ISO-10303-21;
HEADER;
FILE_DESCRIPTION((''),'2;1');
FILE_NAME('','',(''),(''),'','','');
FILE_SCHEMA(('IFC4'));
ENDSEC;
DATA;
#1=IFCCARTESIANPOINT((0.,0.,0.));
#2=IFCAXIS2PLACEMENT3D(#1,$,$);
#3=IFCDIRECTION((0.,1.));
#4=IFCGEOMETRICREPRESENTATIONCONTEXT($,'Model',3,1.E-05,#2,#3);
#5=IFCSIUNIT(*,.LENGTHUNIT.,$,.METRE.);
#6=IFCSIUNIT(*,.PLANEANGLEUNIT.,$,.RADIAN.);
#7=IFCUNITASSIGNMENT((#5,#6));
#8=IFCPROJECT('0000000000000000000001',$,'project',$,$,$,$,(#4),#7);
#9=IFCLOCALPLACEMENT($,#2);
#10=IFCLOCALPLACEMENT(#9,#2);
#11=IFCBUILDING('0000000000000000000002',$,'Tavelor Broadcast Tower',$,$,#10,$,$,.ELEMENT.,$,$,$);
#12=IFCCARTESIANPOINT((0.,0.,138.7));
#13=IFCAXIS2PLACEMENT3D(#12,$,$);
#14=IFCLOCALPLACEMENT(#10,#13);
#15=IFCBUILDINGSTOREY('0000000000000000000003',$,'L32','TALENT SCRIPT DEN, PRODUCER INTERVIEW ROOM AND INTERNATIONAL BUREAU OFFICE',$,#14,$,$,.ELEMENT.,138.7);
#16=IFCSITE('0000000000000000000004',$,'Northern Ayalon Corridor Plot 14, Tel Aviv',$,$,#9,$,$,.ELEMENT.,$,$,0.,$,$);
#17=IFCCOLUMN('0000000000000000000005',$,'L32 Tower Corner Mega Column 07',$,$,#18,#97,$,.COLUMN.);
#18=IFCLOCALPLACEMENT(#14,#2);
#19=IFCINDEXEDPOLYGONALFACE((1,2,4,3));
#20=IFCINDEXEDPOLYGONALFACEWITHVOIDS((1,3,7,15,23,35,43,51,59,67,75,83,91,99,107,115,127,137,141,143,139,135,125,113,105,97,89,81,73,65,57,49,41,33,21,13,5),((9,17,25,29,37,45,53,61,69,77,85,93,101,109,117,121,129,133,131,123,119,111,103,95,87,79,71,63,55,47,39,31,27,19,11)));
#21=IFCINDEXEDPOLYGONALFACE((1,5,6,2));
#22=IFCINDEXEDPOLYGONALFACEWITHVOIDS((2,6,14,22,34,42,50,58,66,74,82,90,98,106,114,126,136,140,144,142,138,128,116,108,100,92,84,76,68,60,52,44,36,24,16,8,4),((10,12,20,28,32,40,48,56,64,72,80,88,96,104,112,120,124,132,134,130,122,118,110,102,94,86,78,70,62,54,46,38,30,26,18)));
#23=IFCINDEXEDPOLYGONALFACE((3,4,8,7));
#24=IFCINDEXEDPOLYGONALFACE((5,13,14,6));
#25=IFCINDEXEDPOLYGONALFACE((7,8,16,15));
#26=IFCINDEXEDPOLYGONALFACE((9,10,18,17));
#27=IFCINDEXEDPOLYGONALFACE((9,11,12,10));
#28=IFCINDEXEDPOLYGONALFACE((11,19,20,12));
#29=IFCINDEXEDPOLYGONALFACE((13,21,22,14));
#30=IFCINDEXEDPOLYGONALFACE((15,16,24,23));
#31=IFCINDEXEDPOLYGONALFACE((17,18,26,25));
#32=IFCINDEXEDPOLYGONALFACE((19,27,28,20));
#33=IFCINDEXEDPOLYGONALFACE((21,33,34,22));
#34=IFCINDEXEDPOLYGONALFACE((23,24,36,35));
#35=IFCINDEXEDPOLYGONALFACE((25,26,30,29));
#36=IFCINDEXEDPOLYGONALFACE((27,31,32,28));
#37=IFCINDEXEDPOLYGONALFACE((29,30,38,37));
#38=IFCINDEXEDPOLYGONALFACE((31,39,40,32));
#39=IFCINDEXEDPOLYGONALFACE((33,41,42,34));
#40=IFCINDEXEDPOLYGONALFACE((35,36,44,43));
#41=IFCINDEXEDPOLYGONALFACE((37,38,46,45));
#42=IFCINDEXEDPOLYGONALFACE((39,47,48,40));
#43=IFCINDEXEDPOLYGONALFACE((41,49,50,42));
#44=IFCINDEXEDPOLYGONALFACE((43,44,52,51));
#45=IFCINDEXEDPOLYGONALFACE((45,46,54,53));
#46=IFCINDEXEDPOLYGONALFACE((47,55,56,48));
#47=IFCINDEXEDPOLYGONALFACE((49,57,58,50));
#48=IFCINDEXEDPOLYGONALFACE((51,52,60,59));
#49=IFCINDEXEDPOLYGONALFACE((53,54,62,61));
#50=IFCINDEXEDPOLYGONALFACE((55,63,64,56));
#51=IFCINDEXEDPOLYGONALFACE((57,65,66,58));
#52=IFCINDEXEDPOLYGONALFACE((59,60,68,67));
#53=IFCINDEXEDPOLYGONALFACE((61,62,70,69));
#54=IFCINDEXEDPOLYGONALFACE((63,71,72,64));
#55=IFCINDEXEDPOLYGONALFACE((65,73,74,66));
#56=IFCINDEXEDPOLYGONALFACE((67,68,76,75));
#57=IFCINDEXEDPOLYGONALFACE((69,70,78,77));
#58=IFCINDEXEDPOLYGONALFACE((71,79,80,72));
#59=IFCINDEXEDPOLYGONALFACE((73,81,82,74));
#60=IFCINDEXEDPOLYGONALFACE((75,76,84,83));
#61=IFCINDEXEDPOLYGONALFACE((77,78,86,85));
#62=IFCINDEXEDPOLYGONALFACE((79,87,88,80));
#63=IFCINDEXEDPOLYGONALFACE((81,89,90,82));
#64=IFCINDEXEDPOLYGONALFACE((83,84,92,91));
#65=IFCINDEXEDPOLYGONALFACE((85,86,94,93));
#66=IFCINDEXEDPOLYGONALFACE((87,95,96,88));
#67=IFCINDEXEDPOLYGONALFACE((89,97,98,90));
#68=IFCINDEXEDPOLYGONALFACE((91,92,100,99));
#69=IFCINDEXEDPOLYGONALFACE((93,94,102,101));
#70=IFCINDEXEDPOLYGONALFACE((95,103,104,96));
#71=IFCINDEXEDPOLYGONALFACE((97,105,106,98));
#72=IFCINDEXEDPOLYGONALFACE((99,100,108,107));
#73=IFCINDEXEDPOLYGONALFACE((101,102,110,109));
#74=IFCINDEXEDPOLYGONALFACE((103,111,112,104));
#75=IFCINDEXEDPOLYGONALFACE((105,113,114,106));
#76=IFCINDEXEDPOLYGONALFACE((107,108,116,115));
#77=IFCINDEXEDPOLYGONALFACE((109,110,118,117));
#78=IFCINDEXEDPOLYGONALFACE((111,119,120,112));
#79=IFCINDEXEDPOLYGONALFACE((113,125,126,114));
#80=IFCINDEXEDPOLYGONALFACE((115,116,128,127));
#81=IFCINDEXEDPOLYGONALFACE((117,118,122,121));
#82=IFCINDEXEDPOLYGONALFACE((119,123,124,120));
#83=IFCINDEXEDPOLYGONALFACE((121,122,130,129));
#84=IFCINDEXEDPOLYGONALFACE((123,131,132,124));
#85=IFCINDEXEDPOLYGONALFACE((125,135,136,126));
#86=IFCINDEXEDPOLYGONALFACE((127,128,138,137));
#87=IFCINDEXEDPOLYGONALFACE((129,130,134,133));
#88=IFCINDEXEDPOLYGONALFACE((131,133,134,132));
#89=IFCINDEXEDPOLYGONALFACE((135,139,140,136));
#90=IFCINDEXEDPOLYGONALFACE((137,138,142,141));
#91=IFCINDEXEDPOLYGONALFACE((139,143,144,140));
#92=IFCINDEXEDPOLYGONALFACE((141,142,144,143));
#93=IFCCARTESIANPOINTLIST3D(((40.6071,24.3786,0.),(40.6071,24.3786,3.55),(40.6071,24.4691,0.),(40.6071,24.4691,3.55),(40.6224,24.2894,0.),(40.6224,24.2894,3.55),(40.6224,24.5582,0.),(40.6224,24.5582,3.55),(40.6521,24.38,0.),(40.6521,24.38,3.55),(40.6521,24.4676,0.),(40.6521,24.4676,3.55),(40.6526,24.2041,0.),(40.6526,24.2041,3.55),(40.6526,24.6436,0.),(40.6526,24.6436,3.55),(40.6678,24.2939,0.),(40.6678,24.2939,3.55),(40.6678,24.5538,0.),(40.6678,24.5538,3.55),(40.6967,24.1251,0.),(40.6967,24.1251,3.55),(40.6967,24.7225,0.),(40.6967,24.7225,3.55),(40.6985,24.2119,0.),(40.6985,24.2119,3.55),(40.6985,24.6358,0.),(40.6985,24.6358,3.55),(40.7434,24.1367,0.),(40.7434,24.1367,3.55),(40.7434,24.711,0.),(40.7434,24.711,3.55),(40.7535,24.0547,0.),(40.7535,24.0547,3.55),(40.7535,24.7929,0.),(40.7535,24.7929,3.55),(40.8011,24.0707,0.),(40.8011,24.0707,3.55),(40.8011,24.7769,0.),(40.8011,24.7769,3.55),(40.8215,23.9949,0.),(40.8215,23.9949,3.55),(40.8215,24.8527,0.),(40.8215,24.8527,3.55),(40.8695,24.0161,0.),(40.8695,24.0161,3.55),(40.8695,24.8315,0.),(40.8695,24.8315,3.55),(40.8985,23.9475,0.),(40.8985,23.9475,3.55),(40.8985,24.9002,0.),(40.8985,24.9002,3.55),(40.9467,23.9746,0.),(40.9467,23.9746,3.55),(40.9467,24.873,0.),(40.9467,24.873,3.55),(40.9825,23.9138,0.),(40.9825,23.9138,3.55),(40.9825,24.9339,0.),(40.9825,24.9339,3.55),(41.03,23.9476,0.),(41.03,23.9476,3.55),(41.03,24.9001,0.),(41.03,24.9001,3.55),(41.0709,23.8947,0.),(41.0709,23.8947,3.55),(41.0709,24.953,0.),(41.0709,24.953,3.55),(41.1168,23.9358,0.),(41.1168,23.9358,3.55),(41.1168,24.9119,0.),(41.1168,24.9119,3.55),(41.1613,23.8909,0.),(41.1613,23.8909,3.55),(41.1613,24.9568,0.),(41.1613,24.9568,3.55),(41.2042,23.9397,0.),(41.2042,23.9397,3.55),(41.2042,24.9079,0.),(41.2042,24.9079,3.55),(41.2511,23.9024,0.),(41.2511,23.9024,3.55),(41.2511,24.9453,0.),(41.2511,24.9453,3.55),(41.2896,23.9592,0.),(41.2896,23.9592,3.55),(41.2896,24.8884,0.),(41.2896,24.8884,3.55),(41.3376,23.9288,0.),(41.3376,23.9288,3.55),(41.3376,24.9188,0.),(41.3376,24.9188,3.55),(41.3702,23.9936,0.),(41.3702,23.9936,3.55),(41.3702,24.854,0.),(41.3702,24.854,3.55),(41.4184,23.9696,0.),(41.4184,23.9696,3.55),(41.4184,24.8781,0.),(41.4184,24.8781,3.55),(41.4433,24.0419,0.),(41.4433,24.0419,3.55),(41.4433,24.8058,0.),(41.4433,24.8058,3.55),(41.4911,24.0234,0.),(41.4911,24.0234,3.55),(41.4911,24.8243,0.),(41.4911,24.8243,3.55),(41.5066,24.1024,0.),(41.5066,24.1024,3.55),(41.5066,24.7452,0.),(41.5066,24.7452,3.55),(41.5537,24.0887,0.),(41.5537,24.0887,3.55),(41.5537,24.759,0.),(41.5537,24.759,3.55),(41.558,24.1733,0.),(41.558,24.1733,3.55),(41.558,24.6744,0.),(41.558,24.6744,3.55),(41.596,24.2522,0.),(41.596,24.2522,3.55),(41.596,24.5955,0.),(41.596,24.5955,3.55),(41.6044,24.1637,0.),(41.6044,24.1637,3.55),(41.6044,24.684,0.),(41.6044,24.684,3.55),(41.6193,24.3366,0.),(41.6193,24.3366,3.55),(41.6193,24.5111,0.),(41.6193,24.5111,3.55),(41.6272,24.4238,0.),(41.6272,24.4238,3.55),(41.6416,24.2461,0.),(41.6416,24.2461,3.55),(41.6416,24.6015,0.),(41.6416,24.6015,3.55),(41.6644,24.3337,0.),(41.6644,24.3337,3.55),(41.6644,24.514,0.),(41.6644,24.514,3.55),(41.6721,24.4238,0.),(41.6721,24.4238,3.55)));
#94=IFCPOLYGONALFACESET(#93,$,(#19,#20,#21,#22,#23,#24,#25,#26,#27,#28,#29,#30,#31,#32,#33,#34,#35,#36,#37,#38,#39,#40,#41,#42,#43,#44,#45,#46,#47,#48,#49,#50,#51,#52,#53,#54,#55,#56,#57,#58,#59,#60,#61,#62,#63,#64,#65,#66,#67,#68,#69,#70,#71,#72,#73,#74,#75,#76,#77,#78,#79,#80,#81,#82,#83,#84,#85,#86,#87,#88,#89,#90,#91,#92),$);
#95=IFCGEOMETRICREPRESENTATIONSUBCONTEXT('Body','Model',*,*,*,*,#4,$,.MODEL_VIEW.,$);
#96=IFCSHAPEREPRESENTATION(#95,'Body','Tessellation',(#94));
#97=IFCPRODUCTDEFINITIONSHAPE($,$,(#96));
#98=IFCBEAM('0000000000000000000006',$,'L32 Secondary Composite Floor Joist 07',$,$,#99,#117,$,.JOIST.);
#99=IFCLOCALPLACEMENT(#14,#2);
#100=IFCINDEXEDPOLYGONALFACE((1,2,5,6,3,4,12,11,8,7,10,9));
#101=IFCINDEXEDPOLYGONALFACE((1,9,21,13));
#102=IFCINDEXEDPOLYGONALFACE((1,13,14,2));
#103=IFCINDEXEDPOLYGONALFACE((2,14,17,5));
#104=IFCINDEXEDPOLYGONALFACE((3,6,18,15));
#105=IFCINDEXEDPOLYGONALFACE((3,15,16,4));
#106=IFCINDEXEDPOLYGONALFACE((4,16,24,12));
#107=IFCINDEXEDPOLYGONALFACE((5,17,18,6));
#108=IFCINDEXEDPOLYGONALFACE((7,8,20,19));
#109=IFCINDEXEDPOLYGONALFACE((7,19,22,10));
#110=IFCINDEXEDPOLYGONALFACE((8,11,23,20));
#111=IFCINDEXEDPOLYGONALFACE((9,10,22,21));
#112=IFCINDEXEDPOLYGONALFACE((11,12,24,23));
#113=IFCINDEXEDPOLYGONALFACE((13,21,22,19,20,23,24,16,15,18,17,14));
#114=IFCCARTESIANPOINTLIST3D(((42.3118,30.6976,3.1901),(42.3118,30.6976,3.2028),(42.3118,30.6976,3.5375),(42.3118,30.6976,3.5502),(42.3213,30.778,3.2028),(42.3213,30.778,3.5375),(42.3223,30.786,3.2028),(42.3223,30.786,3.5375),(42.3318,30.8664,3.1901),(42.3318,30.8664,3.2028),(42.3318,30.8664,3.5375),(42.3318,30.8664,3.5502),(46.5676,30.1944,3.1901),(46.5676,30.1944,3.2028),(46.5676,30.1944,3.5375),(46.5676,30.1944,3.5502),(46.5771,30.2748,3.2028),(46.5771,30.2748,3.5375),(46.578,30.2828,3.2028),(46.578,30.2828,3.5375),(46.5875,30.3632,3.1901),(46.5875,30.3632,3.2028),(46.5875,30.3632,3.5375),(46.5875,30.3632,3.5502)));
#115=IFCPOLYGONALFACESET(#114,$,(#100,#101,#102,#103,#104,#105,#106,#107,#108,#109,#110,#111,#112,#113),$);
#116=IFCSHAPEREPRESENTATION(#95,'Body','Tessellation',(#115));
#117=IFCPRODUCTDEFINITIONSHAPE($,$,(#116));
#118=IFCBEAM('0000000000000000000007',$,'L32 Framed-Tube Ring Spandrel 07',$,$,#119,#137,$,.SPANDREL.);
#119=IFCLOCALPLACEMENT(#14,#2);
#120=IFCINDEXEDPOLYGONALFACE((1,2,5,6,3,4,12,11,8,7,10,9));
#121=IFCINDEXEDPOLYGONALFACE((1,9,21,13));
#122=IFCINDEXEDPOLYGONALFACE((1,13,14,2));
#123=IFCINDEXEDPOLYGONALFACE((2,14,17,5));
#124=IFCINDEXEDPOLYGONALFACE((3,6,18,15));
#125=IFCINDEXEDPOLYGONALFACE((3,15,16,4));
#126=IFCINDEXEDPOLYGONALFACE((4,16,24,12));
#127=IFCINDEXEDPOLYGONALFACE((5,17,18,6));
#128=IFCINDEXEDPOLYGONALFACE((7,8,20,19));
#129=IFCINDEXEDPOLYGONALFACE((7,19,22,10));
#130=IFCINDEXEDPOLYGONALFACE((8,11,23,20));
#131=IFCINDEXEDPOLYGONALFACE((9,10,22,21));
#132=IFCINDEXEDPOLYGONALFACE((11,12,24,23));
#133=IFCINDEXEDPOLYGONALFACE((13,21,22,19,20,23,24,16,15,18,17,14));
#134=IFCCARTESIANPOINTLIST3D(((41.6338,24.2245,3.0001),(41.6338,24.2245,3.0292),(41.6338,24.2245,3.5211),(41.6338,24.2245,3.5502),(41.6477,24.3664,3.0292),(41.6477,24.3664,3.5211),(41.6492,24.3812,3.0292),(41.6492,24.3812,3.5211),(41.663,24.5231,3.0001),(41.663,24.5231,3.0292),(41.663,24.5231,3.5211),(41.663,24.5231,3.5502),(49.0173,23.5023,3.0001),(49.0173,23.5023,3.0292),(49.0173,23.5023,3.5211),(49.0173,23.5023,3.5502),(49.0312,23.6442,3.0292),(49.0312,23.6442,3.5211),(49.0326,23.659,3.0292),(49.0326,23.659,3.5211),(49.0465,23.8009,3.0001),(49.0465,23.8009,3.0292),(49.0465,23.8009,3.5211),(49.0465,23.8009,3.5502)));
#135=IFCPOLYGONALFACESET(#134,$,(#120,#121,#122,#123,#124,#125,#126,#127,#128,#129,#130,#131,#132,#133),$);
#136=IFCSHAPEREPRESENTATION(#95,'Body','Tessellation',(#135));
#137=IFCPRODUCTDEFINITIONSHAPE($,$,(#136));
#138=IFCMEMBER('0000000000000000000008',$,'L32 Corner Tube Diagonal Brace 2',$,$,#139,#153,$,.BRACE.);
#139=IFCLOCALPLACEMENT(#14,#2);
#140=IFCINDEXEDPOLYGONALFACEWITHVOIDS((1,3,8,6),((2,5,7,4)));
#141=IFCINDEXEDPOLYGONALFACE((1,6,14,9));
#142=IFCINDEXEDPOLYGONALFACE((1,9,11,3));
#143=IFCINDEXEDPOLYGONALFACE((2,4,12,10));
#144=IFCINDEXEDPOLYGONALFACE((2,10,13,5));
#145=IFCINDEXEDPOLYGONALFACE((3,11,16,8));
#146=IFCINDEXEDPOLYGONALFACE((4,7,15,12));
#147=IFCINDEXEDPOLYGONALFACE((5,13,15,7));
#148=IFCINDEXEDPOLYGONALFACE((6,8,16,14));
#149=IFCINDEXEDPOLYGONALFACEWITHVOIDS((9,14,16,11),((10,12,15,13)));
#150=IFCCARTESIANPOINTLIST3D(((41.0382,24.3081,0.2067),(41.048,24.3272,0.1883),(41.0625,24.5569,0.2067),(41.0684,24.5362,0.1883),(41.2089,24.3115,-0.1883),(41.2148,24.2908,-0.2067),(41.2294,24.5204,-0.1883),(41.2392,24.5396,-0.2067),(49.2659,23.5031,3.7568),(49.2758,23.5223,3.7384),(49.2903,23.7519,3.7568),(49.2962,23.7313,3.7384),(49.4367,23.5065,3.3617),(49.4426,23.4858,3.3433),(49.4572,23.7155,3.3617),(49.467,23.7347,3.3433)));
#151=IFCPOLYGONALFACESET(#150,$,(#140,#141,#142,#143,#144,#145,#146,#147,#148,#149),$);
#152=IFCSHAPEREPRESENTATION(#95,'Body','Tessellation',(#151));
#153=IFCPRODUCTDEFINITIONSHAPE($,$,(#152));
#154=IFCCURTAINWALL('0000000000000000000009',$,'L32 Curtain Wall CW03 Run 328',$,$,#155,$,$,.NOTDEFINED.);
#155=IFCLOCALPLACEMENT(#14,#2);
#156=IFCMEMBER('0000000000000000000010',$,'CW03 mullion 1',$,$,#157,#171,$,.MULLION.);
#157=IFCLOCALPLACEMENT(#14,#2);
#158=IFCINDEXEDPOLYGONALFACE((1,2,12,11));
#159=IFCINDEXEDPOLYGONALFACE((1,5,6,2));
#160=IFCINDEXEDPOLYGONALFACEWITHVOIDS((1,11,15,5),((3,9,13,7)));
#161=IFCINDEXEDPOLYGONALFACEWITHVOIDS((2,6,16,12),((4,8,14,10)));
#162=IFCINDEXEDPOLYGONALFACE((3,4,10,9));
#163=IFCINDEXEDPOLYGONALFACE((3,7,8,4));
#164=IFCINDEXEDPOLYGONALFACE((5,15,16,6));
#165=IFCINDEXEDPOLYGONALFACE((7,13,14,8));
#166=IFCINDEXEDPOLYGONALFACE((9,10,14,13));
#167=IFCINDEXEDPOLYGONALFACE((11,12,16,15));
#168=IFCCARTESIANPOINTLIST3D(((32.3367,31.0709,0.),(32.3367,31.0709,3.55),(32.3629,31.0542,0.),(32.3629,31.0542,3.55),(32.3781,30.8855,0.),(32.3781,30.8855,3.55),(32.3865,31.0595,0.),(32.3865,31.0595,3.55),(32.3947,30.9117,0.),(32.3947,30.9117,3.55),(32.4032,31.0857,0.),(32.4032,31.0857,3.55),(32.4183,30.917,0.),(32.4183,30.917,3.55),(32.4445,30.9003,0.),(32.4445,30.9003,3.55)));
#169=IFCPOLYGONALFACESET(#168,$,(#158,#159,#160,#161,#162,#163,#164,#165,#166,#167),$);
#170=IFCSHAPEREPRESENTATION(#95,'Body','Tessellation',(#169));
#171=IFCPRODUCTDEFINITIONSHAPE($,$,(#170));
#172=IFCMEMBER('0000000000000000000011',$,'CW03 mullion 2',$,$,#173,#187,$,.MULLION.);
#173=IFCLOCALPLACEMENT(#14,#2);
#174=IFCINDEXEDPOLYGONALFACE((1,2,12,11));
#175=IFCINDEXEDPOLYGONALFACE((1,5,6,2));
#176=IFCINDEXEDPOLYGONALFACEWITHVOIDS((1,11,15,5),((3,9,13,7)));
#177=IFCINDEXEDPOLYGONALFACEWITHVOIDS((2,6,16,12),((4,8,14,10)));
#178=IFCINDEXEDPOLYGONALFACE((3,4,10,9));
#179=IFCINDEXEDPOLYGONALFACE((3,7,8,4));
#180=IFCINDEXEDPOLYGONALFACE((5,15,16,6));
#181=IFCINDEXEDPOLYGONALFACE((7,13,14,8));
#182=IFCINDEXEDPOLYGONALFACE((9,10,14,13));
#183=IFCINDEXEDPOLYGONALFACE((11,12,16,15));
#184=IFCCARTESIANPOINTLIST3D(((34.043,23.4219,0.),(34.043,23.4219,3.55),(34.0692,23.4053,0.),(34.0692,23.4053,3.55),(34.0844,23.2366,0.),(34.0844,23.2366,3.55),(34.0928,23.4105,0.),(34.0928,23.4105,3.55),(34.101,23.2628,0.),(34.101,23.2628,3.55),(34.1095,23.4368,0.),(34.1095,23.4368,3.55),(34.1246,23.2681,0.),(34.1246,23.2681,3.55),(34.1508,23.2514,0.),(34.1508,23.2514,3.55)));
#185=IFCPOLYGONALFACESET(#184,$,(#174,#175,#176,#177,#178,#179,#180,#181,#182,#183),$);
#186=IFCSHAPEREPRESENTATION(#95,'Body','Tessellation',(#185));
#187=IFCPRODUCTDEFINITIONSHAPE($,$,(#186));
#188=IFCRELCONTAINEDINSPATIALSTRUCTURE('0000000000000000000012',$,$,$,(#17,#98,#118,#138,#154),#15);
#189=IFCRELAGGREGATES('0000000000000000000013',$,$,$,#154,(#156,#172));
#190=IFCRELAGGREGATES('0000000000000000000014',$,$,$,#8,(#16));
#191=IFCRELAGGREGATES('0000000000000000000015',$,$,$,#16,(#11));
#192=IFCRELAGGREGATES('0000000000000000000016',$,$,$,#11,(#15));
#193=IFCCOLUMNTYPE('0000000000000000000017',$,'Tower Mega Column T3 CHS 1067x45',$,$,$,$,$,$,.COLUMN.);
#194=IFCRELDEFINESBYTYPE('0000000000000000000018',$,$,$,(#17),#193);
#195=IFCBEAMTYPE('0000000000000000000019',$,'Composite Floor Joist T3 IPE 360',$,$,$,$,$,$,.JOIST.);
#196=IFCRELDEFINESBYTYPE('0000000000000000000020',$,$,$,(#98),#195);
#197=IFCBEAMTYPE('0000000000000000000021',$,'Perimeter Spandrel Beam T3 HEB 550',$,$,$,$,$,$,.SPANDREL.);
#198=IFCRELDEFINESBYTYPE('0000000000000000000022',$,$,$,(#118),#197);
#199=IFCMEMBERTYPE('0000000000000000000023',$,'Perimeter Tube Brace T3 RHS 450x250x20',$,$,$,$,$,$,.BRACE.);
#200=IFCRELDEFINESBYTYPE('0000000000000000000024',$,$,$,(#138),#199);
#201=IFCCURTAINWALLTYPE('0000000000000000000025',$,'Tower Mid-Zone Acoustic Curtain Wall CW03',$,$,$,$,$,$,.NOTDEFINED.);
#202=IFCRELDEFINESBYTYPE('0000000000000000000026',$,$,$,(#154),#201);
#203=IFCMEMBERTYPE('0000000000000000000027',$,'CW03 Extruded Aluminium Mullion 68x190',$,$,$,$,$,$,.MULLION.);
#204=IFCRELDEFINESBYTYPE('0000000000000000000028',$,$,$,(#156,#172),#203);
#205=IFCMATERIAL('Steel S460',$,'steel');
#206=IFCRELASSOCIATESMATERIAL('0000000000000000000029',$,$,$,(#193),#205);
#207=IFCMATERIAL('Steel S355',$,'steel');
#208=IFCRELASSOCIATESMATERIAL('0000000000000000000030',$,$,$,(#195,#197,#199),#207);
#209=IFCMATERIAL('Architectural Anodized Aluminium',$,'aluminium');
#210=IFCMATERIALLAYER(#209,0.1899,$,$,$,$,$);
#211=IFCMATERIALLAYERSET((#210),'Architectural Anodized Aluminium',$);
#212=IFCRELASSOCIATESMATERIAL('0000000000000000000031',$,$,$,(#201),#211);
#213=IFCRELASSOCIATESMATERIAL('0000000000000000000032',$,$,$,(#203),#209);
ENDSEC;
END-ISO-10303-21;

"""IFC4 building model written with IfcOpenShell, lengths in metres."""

from ifc_helpers import new_model, si_unit, direction, frame, origin, origin_2d, place, context, subcontext, project, spatial, hollow_rectangle, hollow_circle, i_section, extrude, source, transform, mapped, material, layer, layer_set, material_profile, profile_set, type_object, type_shapes, element, aggregate, save


model = new_model("IFC4")

# Units and contexts
model_context = context("Model", 3, precision=1e-05, world=origin(), true_north=direction((0.0, 1.0)))
body_context = subcontext(model_context, "Body", "Model", "MODEL_VIEW")
ifc_project = project(units=[si_unit("LENGTHUNIT", "METRE"), si_unit("PLANEANGLEUNIT", "RADIAN")], contexts=[model_context])

# Site, building, storey
site_placement = place(None, origin())
site = spatial("IfcSite", under=ifc_project, at=site_placement, Name="Northern Ayalon Corridor Plot 14, Tel Aviv", CompositionType="ELEMENT", RefElevation=0.0)
building_placement = place(site_placement, origin())
building = spatial("IfcBuilding", under=site, at=building_placement, Name="Tavelor Broadcast Tower", CompositionType="ELEMENT")
storey_placement = place(building_placement, frame((0.0, 0.0, 138.7)))
storey = spatial("IfcBuildingStorey", under=building, at=storey_placement, Name="L32", Description="TALENT SCRIPT DEN, PRODUCER INTERVIEW ROOM AND INTERNATIONAL BUREAU OFFICE", CompositionType="ELEMENT", Elevation=138.7)

# Column
ifc_material_1 = material(Name="Steel S460", Category="steel")
ifc_material_profile_1 = material_profile(ifc_material_1, hollow_circle(Radius=0.5334, WallThickness=0.0449, at=origin_2d()), Name="CHS 1067x45")
ifc_profile_set_1 = profile_set([ifc_material_profile_1], Name="Steel S460")
column_type = type_object("IfcColumnType", Name="Tower Mega Column T3 CHS 1067x45", PredefinedType="COLUMN", material=ifc_profile_set_1)
column_placement = place(storey_placement, frame((41.1387, 24.4238, 0.0), z_axis=(0.0, 0.0, 1.0), x_axis=(1.0, 0.0, 0.0)))
element("IfcColumn", 1, at=column_placement, inside=storey, type_object=column_type, Name="L32 Tower Corner Mega Column 07", PredefinedType="COLUMN", context=body_context, shape_type="SweptSolid", body=[
    extrude(hollow_circle(Radius=0.5334, WallThickness=0.0449, at=origin_2d()), origin(), (0.0, 0.0, 1.0), 3.55),
])

# Beams
ifc_material_2 = material(Name="Steel S355", Category="steel")
ifc_material_profile_2 = material_profile(ifc_material_2, i_section(OverallWidth=0.1699, OverallDepth=0.3601, WebThickness=0.0081, FlangeThickness=0.0127, at=origin_2d()), Name="IPE 360")
ifc_profile_set_2 = profile_set([ifc_material_profile_2], Name="Steel S355")
beam_type_1 = type_object("IfcBeamType", Name="Composite Floor Joist T3 IPE 360", PredefinedType="JOIST", material=ifc_profile_set_2)
beam_1_placement = place(storey_placement, frame((42.3218, 30.782, 3.3701), z_axis=(0.993083, -0.117413, 0.0), x_axis=(0.117413, 0.993083, 0.0)))
element("IfcBeam", 2, at=beam_1_placement, inside=storey, type_object=beam_type_1, Name="L32 Secondary Composite Floor Joist 07", PredefinedType="JOIST", context=body_context, shape_type="SweptSolid", body=[
    extrude(i_section(OverallWidth=0.1699, OverallDepth=0.3601, WebThickness=0.0081, FlangeThickness=0.0127, at=origin_2d()), origin(), (0.0, 0.0, 1.0), 4.2854),
])
ifc_material_profile_3 = material_profile(ifc_material_2, i_section(OverallWidth=0.3, OverallDepth=0.55, WebThickness=0.0149, FlangeThickness=0.0291, at=origin_2d()), Name="HEB 550")
ifc_profile_set_3 = profile_set([ifc_material_profile_3], Name="Steel S355")
beam_type_2 = type_object("IfcBeamType", Name="Perimeter Spandrel Beam T3 HEB 550", PredefinedType="SPANDREL", material=ifc_profile_set_3)
beam_2_placement = place(storey_placement, frame((41.6484, 24.3738, 3.2751), z_axis=(0.995251, -0.097343, 0.0), x_axis=(0.097343, 0.995251, 0.0)))
element("IfcBeam", 3, at=beam_2_placement, inside=storey, type_object=beam_type_2, Name="L32 Framed-Tube Ring Spandrel 07", PredefinedType="SPANDREL", context=body_context, shape_type="SweptSolid", body=[
    extrude(i_section(OverallWidth=0.3, OverallDepth=0.55, WebThickness=0.0149, FlangeThickness=0.0291, at=origin_2d()), origin(), (0.0, 0.0, 1.0), 7.4187),
])

# Member
ifc_material_profile_4 = material_profile(ifc_material_2, hollow_rectangle(XDim=0.25, YDim=0.45, WallThickness=0.02, at=origin_2d()), Name="RHS 450x250x20")
ifc_profile_set_4 = profile_set([ifc_material_profile_4], Name="Steel S355")
member_type_1 = type_object("IfcMemberType", Name="Perimeter Tube Brace T3 RHS 450x250x20", PredefinedType="BRACE", material=ifc_profile_set_4)
member_1_placement = place(storey_placement, frame((41.1387, 24.4238, 0.0), z_axis=(0.914496, -0.089466, 0.394579), x_axis=(0.097366, 0.995249, 0.0)))
element("IfcMember", 4, at=member_1_placement, inside=storey, type_object=member_type_1, Name="L32 Corner Tube Diagonal Brace 2", PredefinedType="BRACE", context=body_context, shape_type="SweptSolid", body=[
    extrude(hollow_rectangle(XDim=0.25, YDim=0.45, WallThickness=0.02, at=origin_2d()), origin(), (0.0, 0.0, 1.0), 8.9971),
])

# Curtain wall, members
ifc_material_3 = material(Name="Architectural Anodized Aluminium", Category="aluminium")
ifc_layer_1 = layer(ifc_material_3, 0.1899)
ifc_layer_set_1 = layer_set([ifc_layer_1], Name="Architectural Anodized Aluminium")
curtain_wall_type = type_object("IfcCurtainWallType", Name="Tower Mid-Zone Acoustic Curtain Wall CW03", PredefinedType="NOTDEFINED", material=ifc_layer_set_1)
curtain_wall_placement = place(storey_placement, origin())
curtain_wall = element("IfcCurtainWall", 5, at=curtain_wall_placement, inside=storey, type_object=curtain_wall_type, Name="L32 Curtain Wall CW03 Run 328", PredefinedType="NOTDEFINED")
ifc_material_profile_5 = material_profile(ifc_material_3, hollow_rectangle(XDim=0.0681, YDim=0.1899, WallThickness=0.022, at=origin_2d()), Name="RHS 68x190x22")
ifc_profile_set_5 = profile_set([ifc_material_profile_5], Name="Architectural Anodized Aluminium")
member_type_2 = type_object("IfcMemberType", Name="CW03 Extruded Aluminium Mullion 68x190", PredefinedType="MULLION", material=ifc_profile_set_5)
shared_shape_1 = source(origin(), body_context, "Body", "SweptSolid", [
    extrude(hollow_rectangle(XDim=0.0681, YDim=0.1899, WallThickness=0.022, at=origin_2d()), origin(), (0.0, 0.0, 1.0), 3.55),
])
type_shapes(member_type_2, [shared_shape_1])
member_2_placement = place(storey_placement, frame((32.3906, 30.9856, 0.0), z_axis=(0.0, 0.0, 1.0), x_axis=(0.976008, 0.217734, 0.0)))
member_2 = element("IfcMember", 6, at=member_2_placement, type_object=member_type_2, Name="CW03 mullion 1", PredefinedType="MULLION", context=body_context, shape_type="MappedRepresentation", body=[
    mapped(shared_shape_1, transform((0.0, 0.0, 0.0), scale=1.0)),
])
member_3_placement = place(storey_placement, frame((34.0969, 23.3367, 0.0), z_axis=(0.0, 0.0, 1.0), x_axis=(0.976008, 0.217734, 0.0)))
member_3 = element("IfcMember", 7, at=member_3_placement, type_object=member_type_2, Name="CW03 mullion 2", PredefinedType="MULLION", context=body_context, shape_type="MappedRepresentation", body=[
    mapped(shared_shape_1, transform((0.0, 0.0, 0.0), scale=1.0)),
])

aggregate(curtain_wall, [member_2, member_3])

save(model, "model.ifc")
